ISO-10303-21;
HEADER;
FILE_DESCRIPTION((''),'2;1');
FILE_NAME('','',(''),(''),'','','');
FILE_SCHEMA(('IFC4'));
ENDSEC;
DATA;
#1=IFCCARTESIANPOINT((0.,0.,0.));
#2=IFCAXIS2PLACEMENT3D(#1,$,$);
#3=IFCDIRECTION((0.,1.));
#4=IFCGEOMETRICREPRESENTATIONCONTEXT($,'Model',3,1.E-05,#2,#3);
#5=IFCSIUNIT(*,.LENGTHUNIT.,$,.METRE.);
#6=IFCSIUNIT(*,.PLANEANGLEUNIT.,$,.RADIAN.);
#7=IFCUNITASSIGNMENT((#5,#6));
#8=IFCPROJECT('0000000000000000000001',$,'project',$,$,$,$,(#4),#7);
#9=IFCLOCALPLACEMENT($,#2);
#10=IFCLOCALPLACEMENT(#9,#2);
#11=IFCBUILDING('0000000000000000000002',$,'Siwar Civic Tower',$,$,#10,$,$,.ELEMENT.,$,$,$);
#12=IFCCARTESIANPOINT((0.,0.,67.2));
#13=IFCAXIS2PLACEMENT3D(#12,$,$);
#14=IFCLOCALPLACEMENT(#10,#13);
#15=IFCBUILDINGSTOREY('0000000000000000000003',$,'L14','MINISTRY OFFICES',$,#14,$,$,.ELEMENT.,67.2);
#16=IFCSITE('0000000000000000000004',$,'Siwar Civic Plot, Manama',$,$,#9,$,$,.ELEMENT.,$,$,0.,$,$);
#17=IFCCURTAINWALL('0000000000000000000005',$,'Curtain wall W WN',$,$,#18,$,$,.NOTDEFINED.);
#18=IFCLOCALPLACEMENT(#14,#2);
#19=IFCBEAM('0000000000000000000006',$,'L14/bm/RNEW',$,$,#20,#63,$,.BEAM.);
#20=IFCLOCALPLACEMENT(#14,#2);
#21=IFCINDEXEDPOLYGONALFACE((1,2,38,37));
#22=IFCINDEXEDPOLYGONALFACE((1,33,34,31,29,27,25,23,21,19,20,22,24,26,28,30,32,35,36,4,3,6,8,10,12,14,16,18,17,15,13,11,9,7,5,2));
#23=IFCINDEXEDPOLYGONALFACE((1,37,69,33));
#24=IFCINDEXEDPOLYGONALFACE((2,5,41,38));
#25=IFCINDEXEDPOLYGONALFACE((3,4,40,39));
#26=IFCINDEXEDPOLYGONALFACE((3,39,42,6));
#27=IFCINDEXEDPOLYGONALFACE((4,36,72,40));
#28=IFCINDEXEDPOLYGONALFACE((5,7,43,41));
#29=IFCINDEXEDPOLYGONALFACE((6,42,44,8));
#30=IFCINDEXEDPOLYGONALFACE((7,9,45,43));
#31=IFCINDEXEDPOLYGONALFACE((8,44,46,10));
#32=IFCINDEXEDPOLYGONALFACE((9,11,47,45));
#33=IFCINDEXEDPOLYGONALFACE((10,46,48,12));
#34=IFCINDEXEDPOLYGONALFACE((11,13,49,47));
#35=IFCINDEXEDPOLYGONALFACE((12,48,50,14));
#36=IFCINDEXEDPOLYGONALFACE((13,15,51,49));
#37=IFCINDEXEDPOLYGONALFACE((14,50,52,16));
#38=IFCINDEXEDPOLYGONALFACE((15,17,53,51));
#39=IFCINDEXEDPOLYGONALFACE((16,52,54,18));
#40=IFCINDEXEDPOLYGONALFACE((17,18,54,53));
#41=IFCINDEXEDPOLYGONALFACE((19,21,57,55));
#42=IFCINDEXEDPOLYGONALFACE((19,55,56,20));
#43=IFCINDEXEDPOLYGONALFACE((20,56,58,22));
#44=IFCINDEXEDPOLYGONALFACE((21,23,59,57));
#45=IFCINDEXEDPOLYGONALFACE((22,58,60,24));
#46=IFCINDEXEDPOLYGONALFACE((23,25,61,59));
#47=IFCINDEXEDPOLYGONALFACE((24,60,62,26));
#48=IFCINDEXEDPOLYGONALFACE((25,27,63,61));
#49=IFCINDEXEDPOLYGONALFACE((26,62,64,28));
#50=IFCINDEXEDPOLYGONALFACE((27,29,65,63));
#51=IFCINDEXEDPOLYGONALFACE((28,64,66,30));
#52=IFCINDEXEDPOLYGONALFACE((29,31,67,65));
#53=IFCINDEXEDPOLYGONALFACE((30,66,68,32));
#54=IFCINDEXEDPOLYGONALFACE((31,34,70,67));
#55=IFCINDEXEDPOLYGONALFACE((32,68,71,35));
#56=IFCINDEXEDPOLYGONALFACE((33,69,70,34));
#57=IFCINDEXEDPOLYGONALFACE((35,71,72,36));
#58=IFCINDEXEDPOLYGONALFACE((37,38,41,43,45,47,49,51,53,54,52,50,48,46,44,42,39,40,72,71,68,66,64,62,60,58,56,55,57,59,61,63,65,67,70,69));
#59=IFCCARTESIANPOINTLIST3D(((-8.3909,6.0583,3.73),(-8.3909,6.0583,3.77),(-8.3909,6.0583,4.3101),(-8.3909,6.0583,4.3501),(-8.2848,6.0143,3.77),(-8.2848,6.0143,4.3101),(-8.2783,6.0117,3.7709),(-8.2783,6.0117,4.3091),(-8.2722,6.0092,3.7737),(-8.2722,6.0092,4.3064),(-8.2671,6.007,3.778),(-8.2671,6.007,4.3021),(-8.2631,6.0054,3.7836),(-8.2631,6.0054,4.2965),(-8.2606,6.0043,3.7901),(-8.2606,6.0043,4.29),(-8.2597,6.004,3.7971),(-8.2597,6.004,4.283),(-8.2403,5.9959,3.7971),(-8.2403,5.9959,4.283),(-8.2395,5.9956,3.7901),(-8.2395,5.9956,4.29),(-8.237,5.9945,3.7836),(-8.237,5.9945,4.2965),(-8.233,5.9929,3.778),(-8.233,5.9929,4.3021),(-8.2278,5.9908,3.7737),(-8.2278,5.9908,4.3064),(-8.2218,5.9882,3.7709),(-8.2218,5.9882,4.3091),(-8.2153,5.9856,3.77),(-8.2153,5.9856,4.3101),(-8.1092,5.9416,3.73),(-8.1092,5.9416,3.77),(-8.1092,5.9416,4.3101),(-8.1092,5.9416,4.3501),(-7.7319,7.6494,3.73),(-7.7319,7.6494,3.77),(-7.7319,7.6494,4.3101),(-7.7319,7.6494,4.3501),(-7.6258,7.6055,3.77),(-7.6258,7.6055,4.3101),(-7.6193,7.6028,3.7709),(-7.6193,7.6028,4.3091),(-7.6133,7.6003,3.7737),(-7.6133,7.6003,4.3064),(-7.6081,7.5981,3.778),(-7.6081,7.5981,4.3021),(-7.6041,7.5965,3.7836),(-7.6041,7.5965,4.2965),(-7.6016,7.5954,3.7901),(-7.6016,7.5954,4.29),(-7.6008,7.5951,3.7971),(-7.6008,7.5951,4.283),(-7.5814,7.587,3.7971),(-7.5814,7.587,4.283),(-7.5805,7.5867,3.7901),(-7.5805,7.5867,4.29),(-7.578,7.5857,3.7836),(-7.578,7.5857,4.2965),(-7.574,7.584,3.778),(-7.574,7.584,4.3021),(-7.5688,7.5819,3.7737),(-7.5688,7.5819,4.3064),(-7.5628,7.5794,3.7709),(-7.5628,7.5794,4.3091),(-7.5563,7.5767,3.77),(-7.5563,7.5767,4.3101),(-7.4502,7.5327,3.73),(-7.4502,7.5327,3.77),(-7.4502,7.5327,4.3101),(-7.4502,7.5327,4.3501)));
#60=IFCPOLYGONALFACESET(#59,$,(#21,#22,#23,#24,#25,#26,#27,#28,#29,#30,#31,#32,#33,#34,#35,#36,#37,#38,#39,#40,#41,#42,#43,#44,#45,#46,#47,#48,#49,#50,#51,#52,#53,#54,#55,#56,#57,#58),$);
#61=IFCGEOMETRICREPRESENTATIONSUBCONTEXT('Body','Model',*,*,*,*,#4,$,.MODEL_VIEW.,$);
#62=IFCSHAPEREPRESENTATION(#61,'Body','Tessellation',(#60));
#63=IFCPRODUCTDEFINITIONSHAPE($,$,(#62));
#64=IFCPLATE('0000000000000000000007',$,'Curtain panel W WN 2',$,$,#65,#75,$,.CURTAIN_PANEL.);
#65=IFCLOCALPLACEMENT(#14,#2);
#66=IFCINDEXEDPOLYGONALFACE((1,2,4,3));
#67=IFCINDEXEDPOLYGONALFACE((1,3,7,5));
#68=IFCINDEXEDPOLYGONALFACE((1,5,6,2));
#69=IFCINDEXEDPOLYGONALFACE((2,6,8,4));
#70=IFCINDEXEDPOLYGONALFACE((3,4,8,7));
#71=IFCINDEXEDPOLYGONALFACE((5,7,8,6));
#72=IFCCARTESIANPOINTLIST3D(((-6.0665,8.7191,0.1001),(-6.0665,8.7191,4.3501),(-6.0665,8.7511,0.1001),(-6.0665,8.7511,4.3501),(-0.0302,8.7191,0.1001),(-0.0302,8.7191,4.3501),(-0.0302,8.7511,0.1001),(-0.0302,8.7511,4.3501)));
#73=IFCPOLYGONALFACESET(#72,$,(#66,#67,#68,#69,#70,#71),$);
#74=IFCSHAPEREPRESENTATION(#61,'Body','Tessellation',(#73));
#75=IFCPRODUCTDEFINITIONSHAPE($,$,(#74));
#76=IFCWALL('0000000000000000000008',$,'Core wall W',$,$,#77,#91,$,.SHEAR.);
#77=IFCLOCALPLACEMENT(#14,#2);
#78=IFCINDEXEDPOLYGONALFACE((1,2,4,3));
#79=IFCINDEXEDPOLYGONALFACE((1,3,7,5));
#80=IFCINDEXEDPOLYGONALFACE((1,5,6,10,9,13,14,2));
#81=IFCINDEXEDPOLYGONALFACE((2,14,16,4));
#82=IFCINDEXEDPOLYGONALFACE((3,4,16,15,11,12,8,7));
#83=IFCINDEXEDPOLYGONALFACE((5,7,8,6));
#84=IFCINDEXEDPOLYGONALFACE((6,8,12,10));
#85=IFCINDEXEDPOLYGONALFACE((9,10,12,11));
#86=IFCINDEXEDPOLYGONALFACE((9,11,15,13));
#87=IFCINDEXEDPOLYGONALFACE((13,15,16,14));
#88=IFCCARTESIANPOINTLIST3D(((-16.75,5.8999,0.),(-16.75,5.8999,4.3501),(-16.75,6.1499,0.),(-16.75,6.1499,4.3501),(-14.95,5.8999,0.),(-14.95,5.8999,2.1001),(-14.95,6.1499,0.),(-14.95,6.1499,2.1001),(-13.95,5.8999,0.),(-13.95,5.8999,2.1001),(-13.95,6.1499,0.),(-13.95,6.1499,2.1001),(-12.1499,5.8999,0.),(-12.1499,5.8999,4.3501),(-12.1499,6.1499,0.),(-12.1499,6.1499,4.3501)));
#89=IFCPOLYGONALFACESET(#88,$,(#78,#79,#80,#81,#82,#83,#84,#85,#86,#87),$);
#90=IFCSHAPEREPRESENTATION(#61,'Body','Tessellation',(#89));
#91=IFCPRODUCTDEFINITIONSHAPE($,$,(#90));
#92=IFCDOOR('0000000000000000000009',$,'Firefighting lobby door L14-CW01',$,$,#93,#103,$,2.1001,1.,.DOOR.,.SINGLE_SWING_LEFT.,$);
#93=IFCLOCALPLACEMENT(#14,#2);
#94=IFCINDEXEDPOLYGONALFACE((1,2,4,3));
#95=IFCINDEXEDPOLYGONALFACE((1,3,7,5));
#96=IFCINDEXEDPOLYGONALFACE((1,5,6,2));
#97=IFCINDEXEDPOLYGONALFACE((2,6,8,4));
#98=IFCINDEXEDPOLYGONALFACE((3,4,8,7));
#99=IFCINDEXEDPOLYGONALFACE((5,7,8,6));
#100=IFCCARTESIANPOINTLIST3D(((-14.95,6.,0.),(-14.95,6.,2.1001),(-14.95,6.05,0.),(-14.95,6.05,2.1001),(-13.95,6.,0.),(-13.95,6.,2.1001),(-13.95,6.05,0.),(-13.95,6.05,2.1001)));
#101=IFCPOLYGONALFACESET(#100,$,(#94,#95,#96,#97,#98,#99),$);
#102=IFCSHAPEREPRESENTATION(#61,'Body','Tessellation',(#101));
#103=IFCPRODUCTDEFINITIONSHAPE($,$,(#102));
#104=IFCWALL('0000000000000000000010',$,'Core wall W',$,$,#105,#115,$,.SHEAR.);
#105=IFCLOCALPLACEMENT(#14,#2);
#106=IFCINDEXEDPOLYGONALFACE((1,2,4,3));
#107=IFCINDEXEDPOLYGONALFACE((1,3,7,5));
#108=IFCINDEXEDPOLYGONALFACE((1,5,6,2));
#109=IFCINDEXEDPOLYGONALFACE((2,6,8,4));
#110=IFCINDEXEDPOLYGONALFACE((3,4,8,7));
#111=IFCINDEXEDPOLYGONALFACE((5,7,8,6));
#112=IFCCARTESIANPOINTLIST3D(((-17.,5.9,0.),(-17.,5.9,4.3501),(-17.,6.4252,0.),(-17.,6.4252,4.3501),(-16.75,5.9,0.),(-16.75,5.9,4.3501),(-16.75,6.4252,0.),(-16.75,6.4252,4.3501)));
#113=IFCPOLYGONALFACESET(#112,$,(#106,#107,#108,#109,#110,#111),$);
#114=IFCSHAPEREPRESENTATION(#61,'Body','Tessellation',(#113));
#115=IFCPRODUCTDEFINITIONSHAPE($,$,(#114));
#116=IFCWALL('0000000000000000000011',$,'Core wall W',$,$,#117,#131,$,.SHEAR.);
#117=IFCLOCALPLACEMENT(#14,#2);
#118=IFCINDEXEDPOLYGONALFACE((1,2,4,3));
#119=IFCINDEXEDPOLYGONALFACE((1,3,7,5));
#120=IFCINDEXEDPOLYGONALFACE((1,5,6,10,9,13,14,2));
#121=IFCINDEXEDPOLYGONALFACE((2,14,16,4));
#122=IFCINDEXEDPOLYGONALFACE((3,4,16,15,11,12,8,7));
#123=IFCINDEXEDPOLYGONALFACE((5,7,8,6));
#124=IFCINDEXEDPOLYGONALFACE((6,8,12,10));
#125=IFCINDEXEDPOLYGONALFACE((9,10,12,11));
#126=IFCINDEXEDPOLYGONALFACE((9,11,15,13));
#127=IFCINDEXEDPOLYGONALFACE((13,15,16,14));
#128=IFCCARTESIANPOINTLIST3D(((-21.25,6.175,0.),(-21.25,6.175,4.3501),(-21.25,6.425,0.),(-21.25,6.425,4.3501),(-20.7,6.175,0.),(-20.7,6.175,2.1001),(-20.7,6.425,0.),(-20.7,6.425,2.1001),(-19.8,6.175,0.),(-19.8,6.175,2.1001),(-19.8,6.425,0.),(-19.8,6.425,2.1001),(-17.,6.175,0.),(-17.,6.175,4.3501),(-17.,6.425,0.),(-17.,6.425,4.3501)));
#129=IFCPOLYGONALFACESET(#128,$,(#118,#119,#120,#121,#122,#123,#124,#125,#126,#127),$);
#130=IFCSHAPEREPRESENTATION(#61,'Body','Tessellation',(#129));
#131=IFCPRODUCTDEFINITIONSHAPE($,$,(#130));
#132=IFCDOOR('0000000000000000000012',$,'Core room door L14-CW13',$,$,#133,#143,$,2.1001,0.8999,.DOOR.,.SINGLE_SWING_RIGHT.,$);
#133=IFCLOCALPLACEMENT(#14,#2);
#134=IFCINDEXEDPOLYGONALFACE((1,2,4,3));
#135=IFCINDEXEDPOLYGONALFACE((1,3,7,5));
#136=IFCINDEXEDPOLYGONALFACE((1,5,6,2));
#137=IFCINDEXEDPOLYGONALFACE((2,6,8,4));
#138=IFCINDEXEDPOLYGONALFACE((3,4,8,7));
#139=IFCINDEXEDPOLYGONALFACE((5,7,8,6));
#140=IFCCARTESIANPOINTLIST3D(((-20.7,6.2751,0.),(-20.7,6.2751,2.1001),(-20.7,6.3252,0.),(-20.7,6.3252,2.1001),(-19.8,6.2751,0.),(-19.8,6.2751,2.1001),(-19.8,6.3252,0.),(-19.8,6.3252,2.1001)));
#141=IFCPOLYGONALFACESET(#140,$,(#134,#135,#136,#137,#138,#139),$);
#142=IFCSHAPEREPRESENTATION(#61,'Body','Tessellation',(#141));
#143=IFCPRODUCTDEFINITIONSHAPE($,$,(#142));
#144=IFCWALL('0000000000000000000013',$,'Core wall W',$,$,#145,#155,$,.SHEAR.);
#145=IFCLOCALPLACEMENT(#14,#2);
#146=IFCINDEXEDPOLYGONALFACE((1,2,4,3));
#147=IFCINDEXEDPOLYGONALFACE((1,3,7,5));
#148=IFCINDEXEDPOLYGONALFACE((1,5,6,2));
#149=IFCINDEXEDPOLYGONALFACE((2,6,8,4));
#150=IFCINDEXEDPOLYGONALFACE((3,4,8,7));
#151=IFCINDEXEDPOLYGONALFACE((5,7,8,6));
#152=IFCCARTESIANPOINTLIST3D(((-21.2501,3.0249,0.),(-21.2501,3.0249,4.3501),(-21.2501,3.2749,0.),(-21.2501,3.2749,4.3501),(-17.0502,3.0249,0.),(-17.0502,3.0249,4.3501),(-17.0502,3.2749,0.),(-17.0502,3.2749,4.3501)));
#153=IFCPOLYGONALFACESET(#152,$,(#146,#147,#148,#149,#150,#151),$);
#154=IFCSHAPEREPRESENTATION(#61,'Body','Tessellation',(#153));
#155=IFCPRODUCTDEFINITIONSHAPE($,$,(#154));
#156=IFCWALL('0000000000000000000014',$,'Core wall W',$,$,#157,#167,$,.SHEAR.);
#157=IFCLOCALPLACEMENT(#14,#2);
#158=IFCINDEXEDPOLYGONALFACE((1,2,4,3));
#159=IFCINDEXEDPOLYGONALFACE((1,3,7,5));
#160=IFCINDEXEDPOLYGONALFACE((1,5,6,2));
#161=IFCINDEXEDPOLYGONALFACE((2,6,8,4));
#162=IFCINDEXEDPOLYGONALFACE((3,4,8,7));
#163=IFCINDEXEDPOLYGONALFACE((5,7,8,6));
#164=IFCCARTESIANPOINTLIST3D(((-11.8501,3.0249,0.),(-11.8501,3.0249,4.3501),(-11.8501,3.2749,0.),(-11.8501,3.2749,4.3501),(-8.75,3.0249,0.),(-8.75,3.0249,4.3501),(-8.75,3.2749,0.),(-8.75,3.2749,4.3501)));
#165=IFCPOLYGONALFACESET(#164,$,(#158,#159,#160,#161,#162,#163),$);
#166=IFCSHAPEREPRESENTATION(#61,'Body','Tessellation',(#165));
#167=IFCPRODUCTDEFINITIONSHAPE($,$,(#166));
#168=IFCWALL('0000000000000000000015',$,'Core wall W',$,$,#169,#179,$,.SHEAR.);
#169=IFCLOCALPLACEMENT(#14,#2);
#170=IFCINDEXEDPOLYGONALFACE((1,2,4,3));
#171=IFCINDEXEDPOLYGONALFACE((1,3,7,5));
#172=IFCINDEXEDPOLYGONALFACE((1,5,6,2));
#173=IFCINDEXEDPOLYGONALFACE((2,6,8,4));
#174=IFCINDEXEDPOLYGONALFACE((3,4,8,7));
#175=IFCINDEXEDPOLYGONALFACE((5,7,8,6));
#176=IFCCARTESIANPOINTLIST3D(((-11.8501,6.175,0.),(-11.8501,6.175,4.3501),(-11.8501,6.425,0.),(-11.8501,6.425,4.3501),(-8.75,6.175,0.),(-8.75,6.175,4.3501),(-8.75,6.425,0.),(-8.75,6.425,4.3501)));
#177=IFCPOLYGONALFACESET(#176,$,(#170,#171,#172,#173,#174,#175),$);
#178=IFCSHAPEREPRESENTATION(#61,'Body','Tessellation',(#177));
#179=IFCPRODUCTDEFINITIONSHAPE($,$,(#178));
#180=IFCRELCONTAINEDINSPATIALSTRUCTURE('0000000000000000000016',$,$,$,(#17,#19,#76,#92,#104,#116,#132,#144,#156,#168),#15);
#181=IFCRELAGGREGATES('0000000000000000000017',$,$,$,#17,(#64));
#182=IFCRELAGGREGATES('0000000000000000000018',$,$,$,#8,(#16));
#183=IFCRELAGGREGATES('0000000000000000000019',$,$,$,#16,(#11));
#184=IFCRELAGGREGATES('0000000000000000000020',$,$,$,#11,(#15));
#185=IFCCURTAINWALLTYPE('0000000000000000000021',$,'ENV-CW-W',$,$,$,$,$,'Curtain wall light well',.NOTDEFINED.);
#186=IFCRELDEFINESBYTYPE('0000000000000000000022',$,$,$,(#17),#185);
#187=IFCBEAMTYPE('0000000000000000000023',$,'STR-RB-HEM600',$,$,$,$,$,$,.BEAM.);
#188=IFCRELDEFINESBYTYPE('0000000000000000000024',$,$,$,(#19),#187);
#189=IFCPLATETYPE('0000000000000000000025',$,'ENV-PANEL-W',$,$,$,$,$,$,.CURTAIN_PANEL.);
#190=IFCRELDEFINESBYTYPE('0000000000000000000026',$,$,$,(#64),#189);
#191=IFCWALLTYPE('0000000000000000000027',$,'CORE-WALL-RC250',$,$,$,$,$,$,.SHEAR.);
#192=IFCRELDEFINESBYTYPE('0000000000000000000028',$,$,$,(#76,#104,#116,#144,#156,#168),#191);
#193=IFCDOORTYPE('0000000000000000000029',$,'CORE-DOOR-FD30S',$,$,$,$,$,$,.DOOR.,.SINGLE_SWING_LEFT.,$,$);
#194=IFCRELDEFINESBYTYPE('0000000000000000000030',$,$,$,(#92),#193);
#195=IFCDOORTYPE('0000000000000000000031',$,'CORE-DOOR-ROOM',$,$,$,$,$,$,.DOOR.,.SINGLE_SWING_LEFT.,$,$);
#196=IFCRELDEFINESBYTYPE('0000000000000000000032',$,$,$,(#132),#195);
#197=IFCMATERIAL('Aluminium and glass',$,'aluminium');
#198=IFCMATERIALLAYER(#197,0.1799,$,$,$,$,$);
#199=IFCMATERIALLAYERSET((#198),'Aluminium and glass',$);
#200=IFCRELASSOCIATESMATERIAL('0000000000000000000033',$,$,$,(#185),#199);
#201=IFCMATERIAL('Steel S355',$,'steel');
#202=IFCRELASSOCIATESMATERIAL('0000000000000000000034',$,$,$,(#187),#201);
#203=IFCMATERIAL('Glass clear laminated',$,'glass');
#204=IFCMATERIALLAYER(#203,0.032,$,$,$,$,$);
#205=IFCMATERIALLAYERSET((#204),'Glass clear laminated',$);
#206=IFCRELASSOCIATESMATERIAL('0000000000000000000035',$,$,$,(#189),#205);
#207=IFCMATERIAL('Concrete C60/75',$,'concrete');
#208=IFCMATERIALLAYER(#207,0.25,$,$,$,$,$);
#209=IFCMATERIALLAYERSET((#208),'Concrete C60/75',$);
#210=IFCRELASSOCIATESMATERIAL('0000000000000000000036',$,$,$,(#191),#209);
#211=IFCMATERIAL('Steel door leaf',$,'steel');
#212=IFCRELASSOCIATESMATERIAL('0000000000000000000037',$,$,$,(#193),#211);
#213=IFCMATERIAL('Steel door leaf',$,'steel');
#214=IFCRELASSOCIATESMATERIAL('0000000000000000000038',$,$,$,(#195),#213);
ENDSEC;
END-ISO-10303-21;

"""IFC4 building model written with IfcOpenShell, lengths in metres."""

from ifc_helpers import new_model, si_unit, direction, frame, frame_2d, origin, origin_2d, place, context, subcontext, project, spatial, rectangle, i_section, extrude, material, layer, layer_set, material_profile, profile_set, type_object, element, fill, aggregate, save


model = new_model("IFC4")

# Units and contexts
model_context = context("Model", 3, precision=1e-05, world=origin(), true_north=direction((0.0, 1.0)))
body_context = subcontext(model_context, "Body", "Model", "MODEL_VIEW")
ifc_project = project(units=[si_unit("LENGTHUNIT", "METRE"), si_unit("PLANEANGLEUNIT", "RADIAN")], contexts=[model_context])

# Site, building, storey
site_placement = place(None, origin())
site = spatial("IfcSite", under=ifc_project, at=site_placement, Name="Siwar Civic Plot, Manama", CompositionType="ELEMENT", RefElevation=0.0)
building_placement = place(site_placement, origin())
building = spatial("IfcBuilding", under=site, at=building_placement, Name="Siwar Civic Tower", CompositionType="ELEMENT")
storey_placement = place(building_placement, frame((0.0, 0.0, 67.2)))
storey = spatial("IfcBuildingStorey", under=building, at=storey_placement, Name="L14", Description="MINISTRY OFFICES", CompositionType="ELEMENT", Elevation=67.2)

# Curtain wall
ifc_material_1 = material(Name="Aluminium and glass", Category="aluminium")
ifc_layer_1 = layer(ifc_material_1, 0.1799)
ifc_layer_set_1 = layer_set([ifc_layer_1], Name="Aluminium and glass")
curtain_wall_type = type_object("IfcCurtainWallType", Name="ENV-CW-W", ElementType="Curtain wall light well", PredefinedType="NOTDEFINED", material=ifc_layer_set_1)
curtain_wall_placement = place(storey_placement, origin())
curtain_wall = element("IfcCurtainWall", 1, at=curtain_wall_placement, inside=storey, type_object=curtain_wall_type, Name="Curtain wall W WN", PredefinedType="NOTDEFINED")

# Beam
ifc_material_2 = material(Name="Steel S355", Category="steel")
ifc_material_profile_1 = material_profile(ifc_material_2, i_section(OverallWidth=0.3049, OverallDepth=0.6201, WebThickness=0.021, FlangeThickness=0.04, FilletRadius=0.0271, at=origin_2d()), Name="HEM600")
ifc_profile_set_1 = profile_set([ifc_material_profile_1], Name="Steel S355")
beam_type_1 = type_object("IfcBeamType", Name="STR-RB-HEM600", PredefinedType="BEAM", material=ifc_profile_set_1)
beam_1_placement = place(storey_placement, frame((-7.5911, 7.5911, 4.04), z_axis=(-0.382631, -0.923901, 0.0), x_axis=(0.923901, -0.382631, 0.0)))
element("IfcBeam", 2, at=beam_1_placement, inside=storey, type_object=beam_type_1, Name="L14/bm/RNEW", PredefinedType="BEAM", context=body_context, shape_type="SweptSolid", body=[
    extrude(i_section(OverallWidth=0.3049, OverallDepth=0.6201, WebThickness=0.021, FlangeThickness=0.04, FilletRadius=0.0271, at=origin_2d()), origin(), (0.0, 0.0, 1.0), 1.7222),
])

# Plate
ifc_material_3 = material(Name="Glass clear laminated", Category="glass")
ifc_layer_2 = layer(ifc_material_3, 0.032)
ifc_layer_set_2 = layer_set([ifc_layer_2], Name="Glass clear laminated")
plate_type = type_object("IfcPlateType", Name="ENV-PANEL-W", PredefinedType="CURTAIN_PANEL", material=ifc_layer_set_2)
plate_placement = place(storey_placement, frame((-3.0483, 8.7351, 0.1001), z_axis=(0.0, 0.0, 1.0), x_axis=(-1.0, 0.0, 0.0)))
plate = element("IfcPlate", 3, at=plate_placement, type_object=plate_type, Name="Curtain panel W WN 2", PredefinedType="CURTAIN_PANEL", context=body_context, shape_type="SweptSolid", body=[
    extrude(rectangle(XDim=6.0364, YDim=0.032, at=origin_2d()), origin(), (0.0, 0.0, 1.0), 4.25),
])
aggregate(curtain_wall, [plate])

# Wall, opening, door
ifc_material_4 = material(Name="Concrete C60/75", Category="concrete")
ifc_layer_3 = layer(ifc_material_4, 0.25)
ifc_layer_set_3 = layer_set([ifc_layer_3], Name="Concrete C60/75")
wall_type_1 = type_object("IfcWallType", Name="CORE-WALL-RC250", PredefinedType="SHEAR", material=ifc_layer_set_3)
wall_1_placement = place(storey_placement, frame((-12.1499, 6.0249, 0.0), z_axis=(0.0, 0.0, 1.0), x_axis=(-1.0, 0.0, 0.0)))
wall_1 = element("IfcWall", 4, at=wall_1_placement, inside=storey, type_object=wall_type_1, Name="Core wall W", PredefinedType="SHEAR", context=body_context, shape_type="SweptSolid", body=[
    extrude(rectangle(XDim=4.6001, YDim=0.25, at=frame_2d((2.3, 0.0))), origin(), (0.0, 0.0, 1.0), 4.3501),
])
opening_1_placement = place(wall_1_placement, frame((1.8, 0.0, 0.0)))
opening_1 = element("IfcOpeningElement", 5, at=opening_1_placement, cuts=wall_1, PredefinedType="OPENING", context=body_context, shape_type="SweptSolid", body=[
    extrude(rectangle(XDim=1.0, YDim=2.1001, at=frame_2d((0.5, 1.05))), frame((0.0, 0.135, 0.0), z_axis=(0.0, -1.0, 0.0), x_axis=(1.0, 0.0, 0.0)), (0.0, 0.0, 1.0), 0.27),
])
ifc_material_5 = material(Name="Steel door leaf", Category="steel")
door_type_1 = type_object("IfcDoorType", Name="CORE-DOOR-FD30S", OperationType="SINGLE_SWING_LEFT", PredefinedType="DOOR", material=ifc_material_5)
door_1_placement = place(opening_1_placement, origin())
door_1 = element("IfcDoor", 6, at=door_1_placement, inside=storey, type_object=door_type_1, Name="Firefighting lobby door L14-CW01", OperationType="SINGLE_SWING_LEFT", OverallHeight=2.1001, OverallWidth=1.0, PredefinedType="DOOR", context=body_context, shape_type="SweptSolid", body=[
    extrude(rectangle(XDim=1.0, YDim=2.1001, at=frame_2d((0.5, 1.05))), frame((0.0, 0.0249, 0.0), z_axis=(0.0, -1.0, 0.0), x_axis=(1.0, 0.0, 0.0)), (0.0, 0.0, 1.0), 0.05),
])
fill(opening_1, door_1)

# Wall
wall_2_placement = place(storey_placement, frame((-16.875, 5.8999, 0.0), z_axis=(0.0, 0.0, 1.0), x_axis=(0.0, 1.0, 0.0)))
element("IfcWall", 7, at=wall_2_placement, inside=storey, type_object=wall_type_1, Name="Core wall W", PredefinedType="SHEAR", context=body_context, shape_type="SweptSolid", body=[
    extrude(rectangle(XDim=0.5251, YDim=0.25, at=frame_2d((0.2627, 0.0))), origin(), (0.0, 0.0, 1.0), 4.3501),
])

# Wall, opening, door
wall_3_placement = place(storey_placement, frame((-17.0, 6.3, 0.0), z_axis=(0.0, 0.0, 1.0), x_axis=(-1.0, 0.0, 0.0)))
wall_3 = element("IfcWall", 8, at=wall_3_placement, inside=storey, type_object=wall_type_1, Name="Core wall W", PredefinedType="SHEAR", context=body_context, shape_type="SweptSolid", body=[
    extrude(rectangle(XDim=4.25, YDim=0.25, at=frame_2d((2.125, 0.0))), origin(), (0.0, 0.0, 1.0), 4.3501),
])
opening_2_placement = place(wall_3_placement, frame((2.8, 0.0, 0.0)))
opening_2 = element("IfcOpeningElement", 9, at=opening_2_placement, cuts=wall_3, PredefinedType="OPENING", context=body_context, shape_type="SweptSolid", body=[
    extrude(rectangle(XDim=0.8999, YDim=2.1001, at=frame_2d((0.45, 1.05))), frame((0.0, 0.135, 0.0), z_axis=(0.0, -1.0, 0.0), x_axis=(1.0, 0.0, 0.0)), (0.0, 0.0, 1.0), 0.27),
])
ifc_material_6 = material(Name="Steel door leaf", Category="steel")
door_type_2 = type_object("IfcDoorType", Name="CORE-DOOR-ROOM", OperationType="SINGLE_SWING_LEFT", PredefinedType="DOOR", material=ifc_material_6)
door_2_placement = place(opening_2_placement, origin())
door_2 = element("IfcDoor", 10, at=door_2_placement, inside=storey, type_object=door_type_2, Name="Core room door L14-CW13", OperationType="SINGLE_SWING_RIGHT", OverallHeight=2.1001, OverallWidth=0.8999, PredefinedType="DOOR", context=body_context, shape_type="SweptSolid", body=[
    extrude(rectangle(XDim=0.8999, YDim=2.1001, at=frame_2d((0.45, 1.05))), frame((0.0, 0.0249, 0.0), z_axis=(0.0, -1.0, 0.0), x_axis=(1.0, 0.0, 0.0)), (0.0, 0.0, 1.0), 0.05),
])
fill(opening_2, door_2)

# Walls
wall_4_placement = place(storey_placement, frame((-17.05, 3.1499, 0.0), z_axis=(0.0, 0.0, 1.0), x_axis=(-1.0, 0.0, 0.0)))
element("IfcWall", 11, at=wall_4_placement, inside=storey, type_object=wall_type_1, Name="Core wall W", PredefinedType="SHEAR", context=body_context, shape_type="SweptSolid", body=[
    extrude(rectangle(XDim=4.2, YDim=0.25, at=frame_2d((2.1001, 0.0))), origin(), (0.0, 0.0, 1.0), 4.3501),
])
for number, where, z_axis, x_axis, name in (
    (12, (-8.75, 3.1499, 0.0), (0.0, 0.0, 1.0), (-1.0, 0.0, 0.0), "Core wall W"),
    (13, (-8.75, 6.3, 0.0), (0.0, 0.0, 1.0), (-1.0, 0.0, 0.0), "Core wall W"),
):
    element("IfcWall", number, at=place(storey_placement, frame(where, z_axis=z_axis, x_axis=x_axis)), inside=storey, type_object=wall_type_1, Name=name, PredefinedType="SHEAR", context=body_context, shape_type="SweptSolid", body=[
        extrude(rectangle(XDim=3.1001, YDim=0.25, at=frame_2d((1.55, 0.0))), origin(), (0.0, 0.0, 1.0), 4.3501),
    ])

save(model, "model.ifc")
